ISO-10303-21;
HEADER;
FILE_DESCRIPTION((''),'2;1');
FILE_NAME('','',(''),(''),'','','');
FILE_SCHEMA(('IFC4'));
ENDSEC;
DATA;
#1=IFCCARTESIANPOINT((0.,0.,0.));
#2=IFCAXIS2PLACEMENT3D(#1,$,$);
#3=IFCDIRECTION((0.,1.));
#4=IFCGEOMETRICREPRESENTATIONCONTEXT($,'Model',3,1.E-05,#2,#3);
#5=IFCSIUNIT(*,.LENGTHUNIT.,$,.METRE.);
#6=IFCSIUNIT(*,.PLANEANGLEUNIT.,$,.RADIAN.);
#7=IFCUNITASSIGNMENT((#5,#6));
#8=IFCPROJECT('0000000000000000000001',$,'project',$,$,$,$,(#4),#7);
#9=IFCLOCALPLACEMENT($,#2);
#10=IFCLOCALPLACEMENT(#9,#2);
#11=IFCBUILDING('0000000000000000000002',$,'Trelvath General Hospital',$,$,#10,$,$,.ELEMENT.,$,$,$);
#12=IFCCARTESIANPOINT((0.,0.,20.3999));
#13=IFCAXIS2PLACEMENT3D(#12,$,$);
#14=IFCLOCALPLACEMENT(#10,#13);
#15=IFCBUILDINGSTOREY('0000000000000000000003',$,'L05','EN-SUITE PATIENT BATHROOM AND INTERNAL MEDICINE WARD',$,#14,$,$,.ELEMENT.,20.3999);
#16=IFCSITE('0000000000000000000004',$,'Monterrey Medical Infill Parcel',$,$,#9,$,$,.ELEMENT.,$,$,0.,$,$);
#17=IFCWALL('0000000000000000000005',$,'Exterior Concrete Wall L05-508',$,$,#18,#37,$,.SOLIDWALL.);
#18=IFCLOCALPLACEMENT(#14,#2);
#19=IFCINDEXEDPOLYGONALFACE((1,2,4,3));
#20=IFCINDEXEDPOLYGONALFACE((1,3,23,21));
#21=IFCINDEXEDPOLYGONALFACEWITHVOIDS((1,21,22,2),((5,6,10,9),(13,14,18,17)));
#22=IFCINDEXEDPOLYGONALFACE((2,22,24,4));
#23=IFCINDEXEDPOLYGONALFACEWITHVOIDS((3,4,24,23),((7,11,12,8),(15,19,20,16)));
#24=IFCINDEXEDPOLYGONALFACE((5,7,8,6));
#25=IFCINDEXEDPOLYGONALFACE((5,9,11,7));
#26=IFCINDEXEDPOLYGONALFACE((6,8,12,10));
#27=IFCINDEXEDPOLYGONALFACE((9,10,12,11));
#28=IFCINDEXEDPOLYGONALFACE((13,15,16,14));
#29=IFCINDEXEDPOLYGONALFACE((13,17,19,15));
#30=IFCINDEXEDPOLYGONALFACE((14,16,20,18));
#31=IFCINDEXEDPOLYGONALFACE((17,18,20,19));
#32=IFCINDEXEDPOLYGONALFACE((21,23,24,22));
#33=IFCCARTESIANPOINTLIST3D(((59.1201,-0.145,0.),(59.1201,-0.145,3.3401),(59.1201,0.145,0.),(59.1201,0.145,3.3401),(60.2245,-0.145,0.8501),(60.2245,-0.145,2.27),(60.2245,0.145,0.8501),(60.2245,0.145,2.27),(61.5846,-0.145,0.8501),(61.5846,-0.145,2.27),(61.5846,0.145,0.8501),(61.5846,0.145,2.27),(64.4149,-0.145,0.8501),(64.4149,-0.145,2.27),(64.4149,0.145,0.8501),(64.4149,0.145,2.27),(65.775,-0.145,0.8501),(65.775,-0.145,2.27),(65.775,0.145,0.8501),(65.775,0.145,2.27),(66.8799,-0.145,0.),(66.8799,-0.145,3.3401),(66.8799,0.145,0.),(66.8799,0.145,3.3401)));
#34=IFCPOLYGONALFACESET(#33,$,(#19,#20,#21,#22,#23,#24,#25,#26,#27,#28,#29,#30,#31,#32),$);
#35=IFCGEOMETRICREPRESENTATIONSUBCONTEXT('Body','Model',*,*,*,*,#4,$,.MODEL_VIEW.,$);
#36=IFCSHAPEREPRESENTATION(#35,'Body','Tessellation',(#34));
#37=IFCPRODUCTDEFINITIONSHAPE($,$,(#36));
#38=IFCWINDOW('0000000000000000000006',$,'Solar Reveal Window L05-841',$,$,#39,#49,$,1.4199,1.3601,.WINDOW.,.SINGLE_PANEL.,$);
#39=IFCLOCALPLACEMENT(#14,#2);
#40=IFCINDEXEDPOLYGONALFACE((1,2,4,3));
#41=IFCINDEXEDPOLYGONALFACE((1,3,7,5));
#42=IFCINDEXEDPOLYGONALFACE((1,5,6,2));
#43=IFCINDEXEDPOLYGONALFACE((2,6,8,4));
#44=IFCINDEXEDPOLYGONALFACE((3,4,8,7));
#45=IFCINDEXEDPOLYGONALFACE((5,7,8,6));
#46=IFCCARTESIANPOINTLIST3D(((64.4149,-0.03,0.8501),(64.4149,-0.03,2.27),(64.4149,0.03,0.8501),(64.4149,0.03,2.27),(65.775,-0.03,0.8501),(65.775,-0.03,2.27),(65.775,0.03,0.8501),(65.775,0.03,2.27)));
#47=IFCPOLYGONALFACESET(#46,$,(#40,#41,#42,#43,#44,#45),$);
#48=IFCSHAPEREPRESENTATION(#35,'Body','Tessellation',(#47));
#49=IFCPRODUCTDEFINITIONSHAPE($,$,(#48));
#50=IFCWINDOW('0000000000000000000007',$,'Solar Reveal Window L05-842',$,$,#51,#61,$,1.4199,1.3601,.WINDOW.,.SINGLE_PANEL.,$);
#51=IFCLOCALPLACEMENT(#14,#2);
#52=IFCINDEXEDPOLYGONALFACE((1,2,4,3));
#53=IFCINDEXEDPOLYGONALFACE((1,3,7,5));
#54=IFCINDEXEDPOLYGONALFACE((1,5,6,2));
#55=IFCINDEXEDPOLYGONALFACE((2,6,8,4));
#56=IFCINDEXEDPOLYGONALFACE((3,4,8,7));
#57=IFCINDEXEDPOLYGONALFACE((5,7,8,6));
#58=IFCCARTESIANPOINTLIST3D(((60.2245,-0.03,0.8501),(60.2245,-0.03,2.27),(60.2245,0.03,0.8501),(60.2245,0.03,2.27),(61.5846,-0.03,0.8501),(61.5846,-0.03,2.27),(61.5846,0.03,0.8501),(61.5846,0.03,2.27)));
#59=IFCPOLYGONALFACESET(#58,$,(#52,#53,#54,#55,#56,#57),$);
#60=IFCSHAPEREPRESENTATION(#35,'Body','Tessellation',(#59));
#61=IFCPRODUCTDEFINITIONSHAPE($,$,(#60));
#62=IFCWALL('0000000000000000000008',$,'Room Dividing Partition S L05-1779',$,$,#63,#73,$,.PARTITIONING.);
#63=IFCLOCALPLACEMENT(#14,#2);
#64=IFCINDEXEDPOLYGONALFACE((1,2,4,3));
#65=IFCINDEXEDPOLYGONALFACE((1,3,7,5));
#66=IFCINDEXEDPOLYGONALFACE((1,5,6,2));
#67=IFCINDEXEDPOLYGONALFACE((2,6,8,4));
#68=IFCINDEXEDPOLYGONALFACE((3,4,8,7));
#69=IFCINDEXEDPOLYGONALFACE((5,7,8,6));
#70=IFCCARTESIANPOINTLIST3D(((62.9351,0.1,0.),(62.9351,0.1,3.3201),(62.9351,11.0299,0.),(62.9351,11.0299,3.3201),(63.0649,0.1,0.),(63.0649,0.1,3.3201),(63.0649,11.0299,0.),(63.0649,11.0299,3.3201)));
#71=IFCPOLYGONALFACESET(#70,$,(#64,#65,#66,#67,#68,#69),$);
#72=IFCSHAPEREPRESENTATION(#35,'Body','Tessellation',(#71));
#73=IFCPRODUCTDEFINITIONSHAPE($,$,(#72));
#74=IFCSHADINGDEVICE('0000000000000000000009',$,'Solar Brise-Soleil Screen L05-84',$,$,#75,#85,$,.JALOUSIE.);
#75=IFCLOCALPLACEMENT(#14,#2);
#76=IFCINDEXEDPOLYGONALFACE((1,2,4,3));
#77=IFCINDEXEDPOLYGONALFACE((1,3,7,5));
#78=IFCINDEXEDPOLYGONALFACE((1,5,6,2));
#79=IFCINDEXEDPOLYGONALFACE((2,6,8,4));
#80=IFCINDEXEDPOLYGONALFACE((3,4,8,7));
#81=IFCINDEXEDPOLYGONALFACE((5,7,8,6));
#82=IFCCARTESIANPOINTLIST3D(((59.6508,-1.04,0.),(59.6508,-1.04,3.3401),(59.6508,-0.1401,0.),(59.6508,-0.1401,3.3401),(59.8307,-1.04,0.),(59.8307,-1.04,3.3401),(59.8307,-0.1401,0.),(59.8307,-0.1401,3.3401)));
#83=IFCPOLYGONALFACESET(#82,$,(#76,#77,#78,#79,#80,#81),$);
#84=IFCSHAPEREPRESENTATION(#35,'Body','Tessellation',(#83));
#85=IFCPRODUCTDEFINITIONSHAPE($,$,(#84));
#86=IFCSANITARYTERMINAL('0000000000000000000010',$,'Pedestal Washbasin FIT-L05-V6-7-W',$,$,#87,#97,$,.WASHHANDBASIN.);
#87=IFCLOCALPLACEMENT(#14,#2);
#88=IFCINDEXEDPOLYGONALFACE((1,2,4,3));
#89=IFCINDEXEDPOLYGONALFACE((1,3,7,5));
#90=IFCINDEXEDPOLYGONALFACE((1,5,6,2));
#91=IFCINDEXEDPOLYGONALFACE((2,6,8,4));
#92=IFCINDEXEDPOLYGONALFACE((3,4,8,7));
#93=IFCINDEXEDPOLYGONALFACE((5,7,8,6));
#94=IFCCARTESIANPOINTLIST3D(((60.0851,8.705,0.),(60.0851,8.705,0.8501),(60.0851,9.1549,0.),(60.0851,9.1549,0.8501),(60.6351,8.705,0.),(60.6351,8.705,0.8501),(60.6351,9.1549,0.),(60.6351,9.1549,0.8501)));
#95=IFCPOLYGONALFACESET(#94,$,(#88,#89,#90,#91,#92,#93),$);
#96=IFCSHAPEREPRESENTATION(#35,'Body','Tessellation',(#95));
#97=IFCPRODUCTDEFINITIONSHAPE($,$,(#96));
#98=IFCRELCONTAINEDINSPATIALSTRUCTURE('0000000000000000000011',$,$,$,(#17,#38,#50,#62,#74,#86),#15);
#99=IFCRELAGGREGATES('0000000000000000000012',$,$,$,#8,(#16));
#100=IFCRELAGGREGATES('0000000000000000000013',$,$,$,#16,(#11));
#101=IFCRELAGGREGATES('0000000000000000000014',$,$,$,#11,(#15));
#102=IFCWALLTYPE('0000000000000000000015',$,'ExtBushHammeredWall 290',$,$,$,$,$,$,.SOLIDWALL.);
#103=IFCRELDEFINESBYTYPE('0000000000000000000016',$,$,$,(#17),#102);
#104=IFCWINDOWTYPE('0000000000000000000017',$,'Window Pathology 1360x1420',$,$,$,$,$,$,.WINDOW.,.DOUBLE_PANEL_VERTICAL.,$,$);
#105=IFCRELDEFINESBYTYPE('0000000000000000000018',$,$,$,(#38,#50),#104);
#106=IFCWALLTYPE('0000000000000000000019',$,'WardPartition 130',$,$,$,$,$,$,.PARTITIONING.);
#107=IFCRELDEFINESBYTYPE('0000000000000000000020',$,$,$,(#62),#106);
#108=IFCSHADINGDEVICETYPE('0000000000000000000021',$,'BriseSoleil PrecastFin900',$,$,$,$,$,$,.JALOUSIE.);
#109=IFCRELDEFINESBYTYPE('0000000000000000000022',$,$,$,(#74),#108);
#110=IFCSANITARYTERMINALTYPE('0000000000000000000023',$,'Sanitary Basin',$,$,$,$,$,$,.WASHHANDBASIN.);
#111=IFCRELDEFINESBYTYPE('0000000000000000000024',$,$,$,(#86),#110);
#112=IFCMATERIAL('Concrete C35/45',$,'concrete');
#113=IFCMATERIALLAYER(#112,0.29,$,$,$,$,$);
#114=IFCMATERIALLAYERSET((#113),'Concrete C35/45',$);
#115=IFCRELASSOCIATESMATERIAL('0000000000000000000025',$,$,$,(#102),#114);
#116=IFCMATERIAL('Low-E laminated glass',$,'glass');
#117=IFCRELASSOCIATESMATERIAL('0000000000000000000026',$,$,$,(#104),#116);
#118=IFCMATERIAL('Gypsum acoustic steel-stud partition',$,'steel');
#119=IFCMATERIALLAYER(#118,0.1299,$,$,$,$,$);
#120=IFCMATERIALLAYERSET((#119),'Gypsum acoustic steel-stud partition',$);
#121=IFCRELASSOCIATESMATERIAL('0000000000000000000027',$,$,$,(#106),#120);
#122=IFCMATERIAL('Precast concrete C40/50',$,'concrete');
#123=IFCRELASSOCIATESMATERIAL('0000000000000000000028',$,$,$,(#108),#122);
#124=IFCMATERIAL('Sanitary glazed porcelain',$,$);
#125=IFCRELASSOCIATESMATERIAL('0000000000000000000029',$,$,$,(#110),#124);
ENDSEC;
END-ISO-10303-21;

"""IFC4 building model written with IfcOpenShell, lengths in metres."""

from ifc_helpers import new_model, si_unit, direction, frame, frame_2d, origin, origin_2d, place, context, subcontext, project, spatial, rectangle, extrude, material, layer, layer_set, type_object, element, fill, save


model = new_model("IFC4")

# Units and contexts
model_context = context("Model", 3, precision=1e-05, world=origin(), true_north=direction((0.0, 1.0)))
body_context = subcontext(model_context, "Body", "Model", "MODEL_VIEW")
ifc_project = project(units=[si_unit("LENGTHUNIT", "METRE"), si_unit("PLANEANGLEUNIT", "RADIAN")], contexts=[model_context])

# Site, building, storey
site_placement = place(None, origin())
site = spatial("IfcSite", under=ifc_project, at=site_placement, Name="Monterrey Medical Infill Parcel", CompositionType="ELEMENT", RefElevation=0.0)
building_placement = place(site_placement, origin())
building = spatial("IfcBuilding", under=site, at=building_placement, Name="Trelvath General Hospital", CompositionType="ELEMENT")
storey_placement = place(building_placement, frame((0.0, 0.0, 20.3999)))
storey = spatial("IfcBuildingStorey", under=building, at=storey_placement, Name="L05", Description="EN-SUITE PATIENT BATHROOM AND INTERNAL MEDICINE WARD", CompositionType="ELEMENT", Elevation=20.3999)

# Wall, openings, windows
ifc_material_1 = material(Name="Concrete C35/45", Category="concrete")
ifc_layer_1 = layer(ifc_material_1, 0.29)
ifc_layer_set_1 = layer_set([ifc_layer_1], Name="Concrete C35/45")
wall_type_1 = type_object("IfcWallType", Name="ExtBushHammeredWall 290", PredefinedType="SOLIDWALL", material=ifc_layer_set_1)
wall_1_placement = place(storey_placement, frame((66.8799, 0.0, 0.0), z_axis=(0.0, 0.0, 1.0), x_axis=(-1.0, 0.0, 0.0)))
wall_1 = element("IfcWall", 1, at=wall_1_placement, inside=storey, type_object=wall_type_1, Name="Exterior Concrete Wall L05-508", PredefinedType="SOLIDWALL", context=body_context, shape_type="SweptSolid", body=[
    extrude(rectangle(XDim=7.7598, YDim=0.29, at=frame_2d((3.8799, 0.0))), origin(), (0.0, 0.0, 1.0), 3.3401),
])
opening_1_placement = place(wall_1_placement, frame((1.1047, 0.0, 0.8501)))
opening_1 = element("IfcOpeningElement", 2, at=opening_1_placement, cuts=wall_1, PredefinedType="OPENING", context=body_context, shape_type="SweptSolid", body=[
    extrude(rectangle(XDim=1.3601, YDim=1.4199, at=frame_2d((0.6802, 0.71))), frame((0.0, 0.155, 0.0), z_axis=(0.0, -1.0, 0.0), x_axis=(1.0, 0.0, 0.0)), (0.0, 0.0, 1.0), 0.3101),
])
opening_2_placement = place(wall_1_placement, frame((5.2952, 0.0, 0.8501)))
opening_2 = element("IfcOpeningElement", 3, at=opening_2_placement, cuts=wall_1, PredefinedType="OPENING", context=body_context, shape_type="SweptSolid", body=[
    extrude(rectangle(XDim=1.3601, YDim=1.4199, at=frame_2d((0.6802, 0.71))), frame((0.0, 0.155, 0.0), z_axis=(0.0, -1.0, 0.0), x_axis=(1.0, 0.0, 0.0)), (0.0, 0.0, 1.0), 0.3101),
])
ifc_material_2 = material(Name="Low-E laminated glass", Category="glass")
window_type = type_object("IfcWindowType", Name="Window Pathology 1360x1420", PartitioningType="DOUBLE_PANEL_VERTICAL", PredefinedType="WINDOW", material=ifc_material_2)
window_1_placement = place(opening_1_placement, origin())
window_1 = element("IfcWindow", 4, at=window_1_placement, inside=storey, type_object=window_type, Name="Solar Reveal Window L05-841", OverallHeight=1.4199, OverallWidth=1.3601, PartitioningType="SINGLE_PANEL", PredefinedType="WINDOW", context=body_context, shape_type="SweptSolid", body=[
    extrude(rectangle(XDim=1.3601, YDim=1.4199, at=frame_2d((0.6802, 0.71))), frame((0.0, 0.03, 0.0), z_axis=(0.0, -1.0, 0.0), x_axis=(1.0, 0.0, 0.0)), (0.0, 0.0, 1.0), 0.0601),
])
fill(opening_1, window_1)
window_2_placement = place(opening_2_placement, origin())
window_2 = element("IfcWindow", 5, at=window_2_placement, inside=storey, type_object=window_type, Name="Solar Reveal Window L05-842", OverallHeight=1.4199, OverallWidth=1.3601, PartitioningType="SINGLE_PANEL", PredefinedType="WINDOW", context=body_context, shape_type="SweptSolid", body=[
    extrude(rectangle(XDim=1.3601, YDim=1.4199, at=frame_2d((0.6802, 0.71))), frame((0.0, 0.03, 0.0), z_axis=(0.0, -1.0, 0.0), x_axis=(1.0, 0.0, 0.0)), (0.0, 0.0, 1.0), 0.0601),
])
fill(opening_2, window_2)

# Wall
ifc_material_3 = material(Name="Gypsum acoustic steel-stud partition", Category="steel")
ifc_layer_2 = layer(ifc_material_3, 0.1299)
ifc_layer_set_2 = layer_set([ifc_layer_2], Name="Gypsum acoustic steel-stud partition")
wall_type_2 = type_object("IfcWallType", Name="WardPartition 130", PredefinedType="PARTITIONING", material=ifc_layer_set_2)
wall_2_placement = place(storey_placement, frame((63.0, 0.1001, 0.0), z_axis=(0.0, 0.0, 1.0), x_axis=(0.0, 1.0, 0.0)))
element("IfcWall", 6, at=wall_2_placement, inside=storey, type_object=wall_type_2, Name="Room Dividing Partition S L05-1779", PredefinedType="PARTITIONING", context=body_context, shape_type="SweptSolid", body=[
    extrude(rectangle(XDim=10.9299, YDim=0.1299, at=frame_2d((5.4648, 0.0))), origin(), (0.0, 0.0, 1.0), 3.3201),
])

# Shading device
ifc_material_4 = material(Name="Precast concrete C40/50", Category="concrete")
shading_device_type = type_object("IfcShadingDeviceType", Name="BriseSoleil PrecastFin900", PredefinedType="JALOUSIE", material=ifc_material_4)
shading_device_placement = place(storey_placement, frame((59.7407, -0.5901, 0.0), z_axis=(0.0, 0.0, 1.0), x_axis=(0.0, -1.0, 0.0)))
element("IfcShadingDevice", 7, at=shading_device_placement, inside=storey, type_object=shading_device_type, Name="Solar Brise-Soleil Screen L05-84", PredefinedType="JALOUSIE", context=body_context, shape_type="SweptSolid", body=[
    extrude(rectangle(XDim=0.8999, YDim=0.1799, at=origin_2d()), origin(), (0.0, 0.0, 1.0), 3.3401),
])

# Sanitary terminal
ifc_material_5 = material(Name="Sanitary glazed porcelain")
sanitary_terminal_type = type_object("IfcSanitaryTerminalType", Name="Sanitary Basin", PredefinedType="WASHHANDBASIN", material=ifc_material_5)
sanitary_terminal_placement = place(storey_placement, frame((60.3601, 8.9299, 0.0), z_axis=(0.0, 0.0, 1.0), x_axis=(1.0, 0.0, 0.0)))
element("IfcSanitaryTerminal", 8, at=sanitary_terminal_placement, inside=storey, type_object=sanitary_terminal_type, Name="Pedestal Washbasin FIT-L05-V6-7-W", PredefinedType="WASHHANDBASIN", context=body_context, shape_type="SweptSolid", body=[
    extrude(rectangle(XDim=0.55, YDim=0.45, at=origin_2d()), origin(), (0.0, 0.0, 1.0), 0.8501),
])

save(model, "model.ifc")
